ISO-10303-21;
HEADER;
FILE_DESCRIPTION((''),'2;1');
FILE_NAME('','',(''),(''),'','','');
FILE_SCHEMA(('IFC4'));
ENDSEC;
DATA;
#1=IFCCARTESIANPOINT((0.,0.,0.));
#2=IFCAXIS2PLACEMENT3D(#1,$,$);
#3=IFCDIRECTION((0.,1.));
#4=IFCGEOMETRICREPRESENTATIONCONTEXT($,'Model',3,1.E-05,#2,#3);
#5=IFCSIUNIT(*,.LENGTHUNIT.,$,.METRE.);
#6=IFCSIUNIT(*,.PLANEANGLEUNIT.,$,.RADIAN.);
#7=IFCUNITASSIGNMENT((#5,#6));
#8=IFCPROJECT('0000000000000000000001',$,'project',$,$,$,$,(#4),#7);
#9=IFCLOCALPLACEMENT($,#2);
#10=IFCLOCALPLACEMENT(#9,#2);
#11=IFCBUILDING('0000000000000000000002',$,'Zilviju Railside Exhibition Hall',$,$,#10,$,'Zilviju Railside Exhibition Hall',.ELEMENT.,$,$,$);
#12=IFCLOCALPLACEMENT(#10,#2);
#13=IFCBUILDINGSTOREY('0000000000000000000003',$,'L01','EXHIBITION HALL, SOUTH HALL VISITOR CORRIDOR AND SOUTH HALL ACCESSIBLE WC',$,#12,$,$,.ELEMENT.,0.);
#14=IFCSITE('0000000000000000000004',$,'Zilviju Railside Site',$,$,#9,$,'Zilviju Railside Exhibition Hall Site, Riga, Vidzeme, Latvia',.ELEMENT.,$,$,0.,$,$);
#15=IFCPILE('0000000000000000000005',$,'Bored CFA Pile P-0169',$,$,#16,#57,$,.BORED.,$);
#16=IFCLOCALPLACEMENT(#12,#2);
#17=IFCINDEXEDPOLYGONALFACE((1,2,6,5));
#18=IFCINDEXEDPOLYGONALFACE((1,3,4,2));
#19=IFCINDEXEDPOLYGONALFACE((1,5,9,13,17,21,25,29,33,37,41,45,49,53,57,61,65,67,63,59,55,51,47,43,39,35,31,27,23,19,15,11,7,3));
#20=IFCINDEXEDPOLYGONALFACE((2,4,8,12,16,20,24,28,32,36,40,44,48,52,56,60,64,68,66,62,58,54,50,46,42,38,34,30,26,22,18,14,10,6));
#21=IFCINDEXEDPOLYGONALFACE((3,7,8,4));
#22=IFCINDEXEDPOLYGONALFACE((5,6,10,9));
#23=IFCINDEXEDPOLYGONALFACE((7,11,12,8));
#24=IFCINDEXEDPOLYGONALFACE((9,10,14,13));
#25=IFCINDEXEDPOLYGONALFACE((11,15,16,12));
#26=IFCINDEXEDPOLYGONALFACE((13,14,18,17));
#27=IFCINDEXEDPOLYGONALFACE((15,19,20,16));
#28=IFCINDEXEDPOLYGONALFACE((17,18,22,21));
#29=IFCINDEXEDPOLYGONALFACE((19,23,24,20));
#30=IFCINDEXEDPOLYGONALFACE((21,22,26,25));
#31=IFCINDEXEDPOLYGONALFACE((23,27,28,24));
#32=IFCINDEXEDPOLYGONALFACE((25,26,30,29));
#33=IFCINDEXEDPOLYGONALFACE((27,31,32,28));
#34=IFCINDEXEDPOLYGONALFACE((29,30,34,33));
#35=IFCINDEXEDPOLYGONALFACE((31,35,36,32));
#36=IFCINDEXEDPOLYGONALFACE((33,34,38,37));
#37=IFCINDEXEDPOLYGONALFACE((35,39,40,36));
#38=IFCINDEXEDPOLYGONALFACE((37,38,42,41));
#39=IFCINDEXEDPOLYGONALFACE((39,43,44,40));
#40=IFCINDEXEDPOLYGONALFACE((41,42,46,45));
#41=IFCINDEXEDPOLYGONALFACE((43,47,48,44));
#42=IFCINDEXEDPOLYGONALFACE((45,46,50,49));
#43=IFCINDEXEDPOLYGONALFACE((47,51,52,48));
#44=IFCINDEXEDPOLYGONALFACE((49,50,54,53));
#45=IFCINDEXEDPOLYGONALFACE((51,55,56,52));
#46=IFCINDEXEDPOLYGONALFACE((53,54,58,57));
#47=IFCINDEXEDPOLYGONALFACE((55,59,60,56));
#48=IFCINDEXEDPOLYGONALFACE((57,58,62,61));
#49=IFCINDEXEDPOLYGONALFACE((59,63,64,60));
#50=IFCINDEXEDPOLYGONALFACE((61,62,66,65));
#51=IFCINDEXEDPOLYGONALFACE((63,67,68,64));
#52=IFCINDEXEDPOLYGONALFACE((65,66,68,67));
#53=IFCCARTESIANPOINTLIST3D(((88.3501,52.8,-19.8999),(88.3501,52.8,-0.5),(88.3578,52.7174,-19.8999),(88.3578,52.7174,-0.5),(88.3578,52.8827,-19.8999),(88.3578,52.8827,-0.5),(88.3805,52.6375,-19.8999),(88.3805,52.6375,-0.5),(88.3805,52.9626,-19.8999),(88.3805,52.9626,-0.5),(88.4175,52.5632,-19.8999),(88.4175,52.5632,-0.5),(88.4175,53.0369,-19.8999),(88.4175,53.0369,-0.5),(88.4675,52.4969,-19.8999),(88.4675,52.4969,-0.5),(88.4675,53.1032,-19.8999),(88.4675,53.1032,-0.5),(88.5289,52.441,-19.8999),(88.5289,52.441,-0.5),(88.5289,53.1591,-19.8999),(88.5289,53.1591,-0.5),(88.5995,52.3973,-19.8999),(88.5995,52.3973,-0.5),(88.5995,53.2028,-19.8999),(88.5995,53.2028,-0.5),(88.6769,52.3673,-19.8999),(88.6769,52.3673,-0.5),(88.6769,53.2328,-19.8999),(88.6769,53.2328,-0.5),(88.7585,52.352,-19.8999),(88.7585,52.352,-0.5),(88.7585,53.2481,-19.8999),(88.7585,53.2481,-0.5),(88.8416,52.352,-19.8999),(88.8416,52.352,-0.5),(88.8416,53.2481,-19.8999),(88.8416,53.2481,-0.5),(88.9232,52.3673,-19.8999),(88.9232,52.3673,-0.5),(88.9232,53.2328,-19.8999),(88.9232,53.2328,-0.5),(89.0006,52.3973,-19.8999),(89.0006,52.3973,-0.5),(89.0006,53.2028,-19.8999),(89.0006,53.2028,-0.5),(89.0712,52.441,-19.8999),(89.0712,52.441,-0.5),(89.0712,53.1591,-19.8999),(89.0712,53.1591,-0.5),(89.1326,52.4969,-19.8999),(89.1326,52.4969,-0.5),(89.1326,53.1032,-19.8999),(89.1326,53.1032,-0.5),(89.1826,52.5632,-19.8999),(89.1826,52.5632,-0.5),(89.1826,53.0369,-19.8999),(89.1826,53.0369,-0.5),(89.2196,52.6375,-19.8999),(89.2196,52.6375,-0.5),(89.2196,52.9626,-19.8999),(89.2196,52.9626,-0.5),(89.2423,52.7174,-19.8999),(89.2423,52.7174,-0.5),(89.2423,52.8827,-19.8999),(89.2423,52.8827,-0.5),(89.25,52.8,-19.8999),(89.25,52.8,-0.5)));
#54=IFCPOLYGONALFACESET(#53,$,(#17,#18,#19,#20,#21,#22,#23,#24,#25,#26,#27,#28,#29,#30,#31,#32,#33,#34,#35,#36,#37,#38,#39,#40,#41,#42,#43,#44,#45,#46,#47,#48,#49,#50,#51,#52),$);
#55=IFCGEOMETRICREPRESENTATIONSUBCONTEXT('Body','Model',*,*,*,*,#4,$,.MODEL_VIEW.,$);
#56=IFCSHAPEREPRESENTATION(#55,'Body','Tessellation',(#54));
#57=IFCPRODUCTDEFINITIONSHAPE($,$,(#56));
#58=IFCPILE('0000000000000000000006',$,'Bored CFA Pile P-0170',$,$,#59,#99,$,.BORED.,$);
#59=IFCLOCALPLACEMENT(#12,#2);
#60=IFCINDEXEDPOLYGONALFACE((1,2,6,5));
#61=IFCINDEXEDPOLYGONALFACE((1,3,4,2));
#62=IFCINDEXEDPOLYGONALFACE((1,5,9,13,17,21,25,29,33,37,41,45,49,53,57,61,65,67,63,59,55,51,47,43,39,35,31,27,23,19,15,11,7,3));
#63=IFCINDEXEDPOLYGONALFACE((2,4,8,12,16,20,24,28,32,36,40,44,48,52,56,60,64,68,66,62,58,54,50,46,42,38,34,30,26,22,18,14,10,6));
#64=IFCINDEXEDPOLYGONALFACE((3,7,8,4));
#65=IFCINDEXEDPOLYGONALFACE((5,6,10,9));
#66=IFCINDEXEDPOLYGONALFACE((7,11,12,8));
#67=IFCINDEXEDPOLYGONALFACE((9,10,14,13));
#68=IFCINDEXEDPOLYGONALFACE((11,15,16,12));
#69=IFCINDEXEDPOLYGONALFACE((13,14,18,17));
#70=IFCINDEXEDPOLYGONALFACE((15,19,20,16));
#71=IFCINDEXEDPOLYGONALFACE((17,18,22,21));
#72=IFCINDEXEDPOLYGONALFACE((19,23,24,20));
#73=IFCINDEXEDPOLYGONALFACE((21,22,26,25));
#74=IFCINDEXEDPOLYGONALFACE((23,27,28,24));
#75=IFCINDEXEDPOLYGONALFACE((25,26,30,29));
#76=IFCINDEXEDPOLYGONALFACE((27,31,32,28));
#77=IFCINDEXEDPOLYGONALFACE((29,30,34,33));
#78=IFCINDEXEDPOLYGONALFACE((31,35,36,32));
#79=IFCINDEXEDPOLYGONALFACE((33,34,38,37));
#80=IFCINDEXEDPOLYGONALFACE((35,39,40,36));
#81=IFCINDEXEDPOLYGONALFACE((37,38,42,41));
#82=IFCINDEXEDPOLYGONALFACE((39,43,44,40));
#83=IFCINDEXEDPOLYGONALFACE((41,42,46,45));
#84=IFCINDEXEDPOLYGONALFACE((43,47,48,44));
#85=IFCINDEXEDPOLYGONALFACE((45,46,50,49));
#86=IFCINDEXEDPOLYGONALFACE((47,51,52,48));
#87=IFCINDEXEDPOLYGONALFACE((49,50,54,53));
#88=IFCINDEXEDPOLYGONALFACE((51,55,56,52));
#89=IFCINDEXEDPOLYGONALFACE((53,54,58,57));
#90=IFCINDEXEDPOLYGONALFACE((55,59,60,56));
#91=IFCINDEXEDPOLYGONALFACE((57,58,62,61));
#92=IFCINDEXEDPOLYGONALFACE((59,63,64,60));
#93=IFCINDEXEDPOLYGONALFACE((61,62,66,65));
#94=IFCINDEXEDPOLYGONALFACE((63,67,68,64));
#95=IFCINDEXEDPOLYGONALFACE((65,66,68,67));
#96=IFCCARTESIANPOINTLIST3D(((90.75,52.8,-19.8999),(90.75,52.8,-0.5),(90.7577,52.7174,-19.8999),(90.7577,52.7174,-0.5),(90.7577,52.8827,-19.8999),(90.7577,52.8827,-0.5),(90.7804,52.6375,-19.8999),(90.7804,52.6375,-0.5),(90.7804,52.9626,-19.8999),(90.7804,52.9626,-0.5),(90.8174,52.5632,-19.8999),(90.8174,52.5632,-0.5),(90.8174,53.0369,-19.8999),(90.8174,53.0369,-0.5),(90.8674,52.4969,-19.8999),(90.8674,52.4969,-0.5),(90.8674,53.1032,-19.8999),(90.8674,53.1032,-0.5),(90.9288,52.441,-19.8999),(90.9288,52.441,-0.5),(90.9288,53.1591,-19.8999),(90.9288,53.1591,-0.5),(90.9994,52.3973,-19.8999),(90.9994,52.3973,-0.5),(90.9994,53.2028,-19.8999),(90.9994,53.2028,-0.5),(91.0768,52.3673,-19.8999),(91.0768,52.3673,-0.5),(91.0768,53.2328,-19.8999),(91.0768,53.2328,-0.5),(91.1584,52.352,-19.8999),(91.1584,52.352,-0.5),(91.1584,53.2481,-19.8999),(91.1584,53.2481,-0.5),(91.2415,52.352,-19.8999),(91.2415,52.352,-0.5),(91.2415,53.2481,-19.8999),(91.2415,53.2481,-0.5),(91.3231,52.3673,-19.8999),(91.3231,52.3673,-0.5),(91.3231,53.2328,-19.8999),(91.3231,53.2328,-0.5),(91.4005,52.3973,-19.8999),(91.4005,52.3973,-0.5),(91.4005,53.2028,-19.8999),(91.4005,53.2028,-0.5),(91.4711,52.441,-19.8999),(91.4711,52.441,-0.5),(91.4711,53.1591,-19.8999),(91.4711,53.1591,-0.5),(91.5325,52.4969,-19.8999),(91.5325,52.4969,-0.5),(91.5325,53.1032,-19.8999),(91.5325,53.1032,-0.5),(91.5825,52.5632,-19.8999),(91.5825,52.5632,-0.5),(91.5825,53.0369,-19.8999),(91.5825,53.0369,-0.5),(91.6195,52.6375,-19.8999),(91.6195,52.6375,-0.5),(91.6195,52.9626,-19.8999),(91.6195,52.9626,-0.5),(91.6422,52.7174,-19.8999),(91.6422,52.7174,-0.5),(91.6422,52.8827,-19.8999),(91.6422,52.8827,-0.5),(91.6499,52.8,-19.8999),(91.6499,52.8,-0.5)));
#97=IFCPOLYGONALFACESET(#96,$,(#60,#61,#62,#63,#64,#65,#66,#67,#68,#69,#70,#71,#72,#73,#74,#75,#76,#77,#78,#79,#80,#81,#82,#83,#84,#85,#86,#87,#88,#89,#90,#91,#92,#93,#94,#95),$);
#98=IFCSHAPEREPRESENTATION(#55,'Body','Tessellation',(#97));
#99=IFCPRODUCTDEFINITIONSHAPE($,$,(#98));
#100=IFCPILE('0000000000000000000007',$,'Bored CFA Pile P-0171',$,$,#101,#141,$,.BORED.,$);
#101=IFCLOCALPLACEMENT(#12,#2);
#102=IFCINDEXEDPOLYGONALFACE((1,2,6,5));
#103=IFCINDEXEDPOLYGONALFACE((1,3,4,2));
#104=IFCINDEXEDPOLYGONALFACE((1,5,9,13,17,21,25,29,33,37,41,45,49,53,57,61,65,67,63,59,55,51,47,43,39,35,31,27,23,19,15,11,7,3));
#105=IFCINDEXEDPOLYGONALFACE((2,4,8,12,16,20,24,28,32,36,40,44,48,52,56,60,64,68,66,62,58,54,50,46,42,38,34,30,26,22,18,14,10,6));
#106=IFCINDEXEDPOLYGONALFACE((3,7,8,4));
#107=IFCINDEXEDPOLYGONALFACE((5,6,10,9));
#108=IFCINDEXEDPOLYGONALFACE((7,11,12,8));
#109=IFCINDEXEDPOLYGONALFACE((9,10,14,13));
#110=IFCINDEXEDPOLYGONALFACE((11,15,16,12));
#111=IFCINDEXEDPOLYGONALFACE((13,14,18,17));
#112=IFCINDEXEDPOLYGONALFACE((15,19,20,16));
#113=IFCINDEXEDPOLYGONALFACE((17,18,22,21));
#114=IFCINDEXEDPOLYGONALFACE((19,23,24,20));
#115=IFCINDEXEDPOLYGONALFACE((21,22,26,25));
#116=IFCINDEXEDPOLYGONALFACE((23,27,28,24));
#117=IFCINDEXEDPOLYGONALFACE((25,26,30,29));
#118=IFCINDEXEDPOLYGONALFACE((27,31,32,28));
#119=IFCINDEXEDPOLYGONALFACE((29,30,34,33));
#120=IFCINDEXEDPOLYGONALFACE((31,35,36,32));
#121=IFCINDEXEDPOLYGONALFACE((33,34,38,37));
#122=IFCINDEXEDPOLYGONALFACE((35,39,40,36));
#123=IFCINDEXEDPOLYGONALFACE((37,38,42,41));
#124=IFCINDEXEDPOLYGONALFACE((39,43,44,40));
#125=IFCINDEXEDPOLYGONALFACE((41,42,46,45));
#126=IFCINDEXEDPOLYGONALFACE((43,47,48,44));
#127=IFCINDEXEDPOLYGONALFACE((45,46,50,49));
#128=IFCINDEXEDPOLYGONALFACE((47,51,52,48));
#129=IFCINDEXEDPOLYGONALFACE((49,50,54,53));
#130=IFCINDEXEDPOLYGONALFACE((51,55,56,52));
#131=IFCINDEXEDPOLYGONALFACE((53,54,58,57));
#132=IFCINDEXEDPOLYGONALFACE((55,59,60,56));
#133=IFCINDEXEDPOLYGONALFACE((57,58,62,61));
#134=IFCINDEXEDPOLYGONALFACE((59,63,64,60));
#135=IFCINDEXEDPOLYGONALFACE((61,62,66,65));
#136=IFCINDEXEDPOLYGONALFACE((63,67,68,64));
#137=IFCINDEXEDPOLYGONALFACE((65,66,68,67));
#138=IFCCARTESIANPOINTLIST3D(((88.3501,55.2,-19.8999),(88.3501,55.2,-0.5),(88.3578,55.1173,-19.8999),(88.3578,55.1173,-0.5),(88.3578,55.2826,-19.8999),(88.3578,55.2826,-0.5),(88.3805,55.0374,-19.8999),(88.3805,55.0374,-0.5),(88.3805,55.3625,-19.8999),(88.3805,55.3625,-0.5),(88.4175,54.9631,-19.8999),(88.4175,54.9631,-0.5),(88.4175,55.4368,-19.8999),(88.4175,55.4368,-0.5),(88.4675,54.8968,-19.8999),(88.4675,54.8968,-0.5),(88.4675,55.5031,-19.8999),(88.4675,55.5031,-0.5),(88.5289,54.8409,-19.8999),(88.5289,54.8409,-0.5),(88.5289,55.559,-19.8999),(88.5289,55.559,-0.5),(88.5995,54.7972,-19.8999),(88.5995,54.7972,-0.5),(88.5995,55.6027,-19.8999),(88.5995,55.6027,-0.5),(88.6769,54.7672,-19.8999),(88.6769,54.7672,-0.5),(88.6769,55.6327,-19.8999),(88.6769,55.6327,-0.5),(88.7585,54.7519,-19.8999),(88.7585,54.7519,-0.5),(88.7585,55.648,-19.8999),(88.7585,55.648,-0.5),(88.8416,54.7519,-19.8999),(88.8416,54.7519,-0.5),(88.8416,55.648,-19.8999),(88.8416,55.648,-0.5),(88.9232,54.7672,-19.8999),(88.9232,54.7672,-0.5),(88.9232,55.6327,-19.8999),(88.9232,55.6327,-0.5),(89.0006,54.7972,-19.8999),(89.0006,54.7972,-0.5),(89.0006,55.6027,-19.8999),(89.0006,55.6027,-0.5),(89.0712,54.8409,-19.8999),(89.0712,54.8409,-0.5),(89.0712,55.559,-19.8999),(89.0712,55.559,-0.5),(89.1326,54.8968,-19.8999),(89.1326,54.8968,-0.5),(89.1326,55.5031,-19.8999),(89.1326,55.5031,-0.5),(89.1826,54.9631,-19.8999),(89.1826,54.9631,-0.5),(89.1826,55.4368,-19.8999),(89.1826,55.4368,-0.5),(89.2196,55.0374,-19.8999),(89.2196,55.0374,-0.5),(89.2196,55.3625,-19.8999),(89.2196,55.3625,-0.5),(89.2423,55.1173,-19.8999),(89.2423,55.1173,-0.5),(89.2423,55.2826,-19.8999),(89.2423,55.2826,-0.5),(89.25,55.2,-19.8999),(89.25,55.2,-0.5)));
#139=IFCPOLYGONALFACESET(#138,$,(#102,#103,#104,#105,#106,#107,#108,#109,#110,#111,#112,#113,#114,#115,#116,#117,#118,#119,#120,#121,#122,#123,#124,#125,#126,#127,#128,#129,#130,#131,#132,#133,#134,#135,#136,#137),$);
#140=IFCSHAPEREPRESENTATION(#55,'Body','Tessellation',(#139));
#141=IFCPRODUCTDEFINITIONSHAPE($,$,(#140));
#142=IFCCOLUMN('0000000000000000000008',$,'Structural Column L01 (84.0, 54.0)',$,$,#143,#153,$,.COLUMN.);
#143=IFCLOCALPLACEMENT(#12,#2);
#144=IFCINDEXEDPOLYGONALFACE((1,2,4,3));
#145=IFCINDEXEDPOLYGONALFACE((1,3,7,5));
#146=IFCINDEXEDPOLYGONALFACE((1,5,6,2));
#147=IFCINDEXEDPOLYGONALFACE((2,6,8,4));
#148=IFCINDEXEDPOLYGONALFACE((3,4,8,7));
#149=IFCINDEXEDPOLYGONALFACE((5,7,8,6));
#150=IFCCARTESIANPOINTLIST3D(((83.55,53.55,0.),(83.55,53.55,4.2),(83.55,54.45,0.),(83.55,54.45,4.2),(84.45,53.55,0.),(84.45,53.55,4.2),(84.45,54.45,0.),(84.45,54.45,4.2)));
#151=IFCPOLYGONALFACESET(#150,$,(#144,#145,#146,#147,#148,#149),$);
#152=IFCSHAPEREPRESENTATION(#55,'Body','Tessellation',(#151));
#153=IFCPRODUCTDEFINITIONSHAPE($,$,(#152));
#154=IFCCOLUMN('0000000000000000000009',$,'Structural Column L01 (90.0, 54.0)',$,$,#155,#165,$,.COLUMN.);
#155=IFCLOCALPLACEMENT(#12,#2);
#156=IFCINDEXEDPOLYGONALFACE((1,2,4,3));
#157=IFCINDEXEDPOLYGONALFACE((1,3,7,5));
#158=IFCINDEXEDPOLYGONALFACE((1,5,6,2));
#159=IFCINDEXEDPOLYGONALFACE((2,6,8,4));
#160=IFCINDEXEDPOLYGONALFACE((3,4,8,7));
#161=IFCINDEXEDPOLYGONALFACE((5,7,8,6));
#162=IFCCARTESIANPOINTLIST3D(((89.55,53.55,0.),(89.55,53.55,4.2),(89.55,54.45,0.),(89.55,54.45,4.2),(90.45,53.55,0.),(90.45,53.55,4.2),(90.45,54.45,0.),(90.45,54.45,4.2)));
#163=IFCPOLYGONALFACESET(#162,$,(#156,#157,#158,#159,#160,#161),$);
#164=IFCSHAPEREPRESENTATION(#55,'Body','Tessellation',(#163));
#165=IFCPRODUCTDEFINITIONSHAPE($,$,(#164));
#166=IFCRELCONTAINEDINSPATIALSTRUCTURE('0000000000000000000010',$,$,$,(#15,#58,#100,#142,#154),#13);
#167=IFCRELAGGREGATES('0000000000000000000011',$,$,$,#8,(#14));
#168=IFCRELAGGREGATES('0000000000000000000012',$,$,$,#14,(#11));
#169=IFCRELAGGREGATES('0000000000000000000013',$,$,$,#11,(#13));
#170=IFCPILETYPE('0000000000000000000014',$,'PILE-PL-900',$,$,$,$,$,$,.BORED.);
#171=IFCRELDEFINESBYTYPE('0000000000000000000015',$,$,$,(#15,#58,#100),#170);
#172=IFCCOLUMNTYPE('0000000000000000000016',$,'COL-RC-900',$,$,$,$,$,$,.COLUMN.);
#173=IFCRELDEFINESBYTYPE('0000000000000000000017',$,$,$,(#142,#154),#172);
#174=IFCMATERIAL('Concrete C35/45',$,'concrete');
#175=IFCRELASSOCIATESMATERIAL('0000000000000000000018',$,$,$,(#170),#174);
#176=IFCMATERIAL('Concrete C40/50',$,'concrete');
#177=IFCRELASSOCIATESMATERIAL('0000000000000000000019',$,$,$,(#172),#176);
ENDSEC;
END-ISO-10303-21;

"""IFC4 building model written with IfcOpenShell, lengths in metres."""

from ifc_helpers import new_model, si_unit, direction, frame, origin, origin_2d, place, context, subcontext, project, spatial, rectangle, circle, extrude, material, material_profile, profile_set, type_object, element, save


model = new_model("IFC4")

# Units and contexts
model_context = context("Model", 3, precision=1e-05, world=origin(), true_north=direction((0.0, 1.0)))
body_context = subcontext(model_context, "Body", "Model", "MODEL_VIEW")
ifc_project = project(units=[si_unit("LENGTHUNIT", "METRE"), si_unit("PLANEANGLEUNIT", "RADIAN")], contexts=[model_context])

# Site, building, storey
site_placement = place(None, origin())
site = spatial("IfcSite", under=ifc_project, at=site_placement, Name="Zilviju Railside Site", LongName="Zilviju Railside Exhibition Hall Site, Riga, Vidzeme, Latvia", CompositionType="ELEMENT", RefElevation=0.0)
building_placement = place(site_placement, origin())
building = spatial("IfcBuilding", under=site, at=building_placement, Name="Zilviju Railside Exhibition Hall", LongName="Zilviju Railside Exhibition Hall", CompositionType="ELEMENT")
storey_placement = place(building_placement, origin())
storey = spatial("IfcBuildingStorey", under=building, at=storey_placement, Name="L01", Description="EXHIBITION HALL, SOUTH HALL VISITOR CORRIDOR AND SOUTH HALL ACCESSIBLE WC", CompositionType="ELEMENT", Elevation=0.0)

# Shared definitions
ifc_material_1 = material(Name="Concrete C35/45", Category="concrete")

# Piles
ifc_material_profile_1 = material_profile(ifc_material_1, circle(Radius=0.45, at=origin_2d()), Name="CFA PILE D900")
ifc_profile_set_1 = profile_set([ifc_material_profile_1], Name="Concrete C35/45")
pile_type = type_object("IfcPileType", Name="PILE-PL-900", PredefinedType="BORED", material=ifc_profile_set_1)
for number, where, z_axis, x_axis, name in (
    (1, (88.8, 52.8, -0.5), (0.0, 0.0, -1.0), (1.0, 0.0, 0.0), "Bored CFA Pile P-0169"),
    (2, (91.2, 52.8, -0.5), (0.0, 0.0, -1.0), (1.0, 0.0, 0.0), "Bored CFA Pile P-0170"),
    (3, (88.8, 55.2, -0.5), (0.0, 0.0, -1.0), (1.0, 0.0, 0.0), "Bored CFA Pile P-0171"),
):
    element("IfcPile", number, at=place(storey_placement, frame(where, z_axis=z_axis, x_axis=x_axis)), inside=storey, type_object=pile_type, Name=name, PredefinedType="BORED", context=body_context, shape_type="SweptSolid", body=[
        extrude(circle(Radius=0.45, at=origin_2d()), origin(), (0.0, 0.0, 1.0), 19.3999),
    ])

# Columns
ifc_material_2 = material(Name="Concrete C40/50", Category="concrete")
ifc_material_profile_2 = material_profile(ifc_material_2, rectangle(XDim=0.8999, YDim=0.8999, at=origin_2d()), Name="RC COL 900x900")
ifc_profile_set_2 = profile_set([ifc_material_profile_2], Name="Concrete C40/50")
column_type = type_object("IfcColumnType", Name="COL-RC-900", PredefinedType="COLUMN", material=ifc_profile_set_2)
for number, where, z_axis, x_axis, name in (
    (4, (84.0, 54.0, 0.0), (0.0, 0.0, 1.0), (1.0, 0.0, 0.0), "Structural Column L01 (84.0, 54.0)"),
    (5, (90.0, 54.0, 0.0), (0.0, 0.0, 1.0), (1.0, 0.0, 0.0), "Structural Column L01 (90.0, 54.0)"),
):
    element("IfcColumn", number, at=place(storey_placement, frame(where, z_axis=z_axis, x_axis=x_axis)), inside=storey, type_object=column_type, Name=name, PredefinedType="COLUMN", context=body_context, shape_type="SweptSolid", body=[
        extrude(rectangle(XDim=0.8999, YDim=0.8999, at=origin_2d()), origin(), (0.0, 0.0, 1.0), 4.2),
    ])

save(model, "model.ifc")
